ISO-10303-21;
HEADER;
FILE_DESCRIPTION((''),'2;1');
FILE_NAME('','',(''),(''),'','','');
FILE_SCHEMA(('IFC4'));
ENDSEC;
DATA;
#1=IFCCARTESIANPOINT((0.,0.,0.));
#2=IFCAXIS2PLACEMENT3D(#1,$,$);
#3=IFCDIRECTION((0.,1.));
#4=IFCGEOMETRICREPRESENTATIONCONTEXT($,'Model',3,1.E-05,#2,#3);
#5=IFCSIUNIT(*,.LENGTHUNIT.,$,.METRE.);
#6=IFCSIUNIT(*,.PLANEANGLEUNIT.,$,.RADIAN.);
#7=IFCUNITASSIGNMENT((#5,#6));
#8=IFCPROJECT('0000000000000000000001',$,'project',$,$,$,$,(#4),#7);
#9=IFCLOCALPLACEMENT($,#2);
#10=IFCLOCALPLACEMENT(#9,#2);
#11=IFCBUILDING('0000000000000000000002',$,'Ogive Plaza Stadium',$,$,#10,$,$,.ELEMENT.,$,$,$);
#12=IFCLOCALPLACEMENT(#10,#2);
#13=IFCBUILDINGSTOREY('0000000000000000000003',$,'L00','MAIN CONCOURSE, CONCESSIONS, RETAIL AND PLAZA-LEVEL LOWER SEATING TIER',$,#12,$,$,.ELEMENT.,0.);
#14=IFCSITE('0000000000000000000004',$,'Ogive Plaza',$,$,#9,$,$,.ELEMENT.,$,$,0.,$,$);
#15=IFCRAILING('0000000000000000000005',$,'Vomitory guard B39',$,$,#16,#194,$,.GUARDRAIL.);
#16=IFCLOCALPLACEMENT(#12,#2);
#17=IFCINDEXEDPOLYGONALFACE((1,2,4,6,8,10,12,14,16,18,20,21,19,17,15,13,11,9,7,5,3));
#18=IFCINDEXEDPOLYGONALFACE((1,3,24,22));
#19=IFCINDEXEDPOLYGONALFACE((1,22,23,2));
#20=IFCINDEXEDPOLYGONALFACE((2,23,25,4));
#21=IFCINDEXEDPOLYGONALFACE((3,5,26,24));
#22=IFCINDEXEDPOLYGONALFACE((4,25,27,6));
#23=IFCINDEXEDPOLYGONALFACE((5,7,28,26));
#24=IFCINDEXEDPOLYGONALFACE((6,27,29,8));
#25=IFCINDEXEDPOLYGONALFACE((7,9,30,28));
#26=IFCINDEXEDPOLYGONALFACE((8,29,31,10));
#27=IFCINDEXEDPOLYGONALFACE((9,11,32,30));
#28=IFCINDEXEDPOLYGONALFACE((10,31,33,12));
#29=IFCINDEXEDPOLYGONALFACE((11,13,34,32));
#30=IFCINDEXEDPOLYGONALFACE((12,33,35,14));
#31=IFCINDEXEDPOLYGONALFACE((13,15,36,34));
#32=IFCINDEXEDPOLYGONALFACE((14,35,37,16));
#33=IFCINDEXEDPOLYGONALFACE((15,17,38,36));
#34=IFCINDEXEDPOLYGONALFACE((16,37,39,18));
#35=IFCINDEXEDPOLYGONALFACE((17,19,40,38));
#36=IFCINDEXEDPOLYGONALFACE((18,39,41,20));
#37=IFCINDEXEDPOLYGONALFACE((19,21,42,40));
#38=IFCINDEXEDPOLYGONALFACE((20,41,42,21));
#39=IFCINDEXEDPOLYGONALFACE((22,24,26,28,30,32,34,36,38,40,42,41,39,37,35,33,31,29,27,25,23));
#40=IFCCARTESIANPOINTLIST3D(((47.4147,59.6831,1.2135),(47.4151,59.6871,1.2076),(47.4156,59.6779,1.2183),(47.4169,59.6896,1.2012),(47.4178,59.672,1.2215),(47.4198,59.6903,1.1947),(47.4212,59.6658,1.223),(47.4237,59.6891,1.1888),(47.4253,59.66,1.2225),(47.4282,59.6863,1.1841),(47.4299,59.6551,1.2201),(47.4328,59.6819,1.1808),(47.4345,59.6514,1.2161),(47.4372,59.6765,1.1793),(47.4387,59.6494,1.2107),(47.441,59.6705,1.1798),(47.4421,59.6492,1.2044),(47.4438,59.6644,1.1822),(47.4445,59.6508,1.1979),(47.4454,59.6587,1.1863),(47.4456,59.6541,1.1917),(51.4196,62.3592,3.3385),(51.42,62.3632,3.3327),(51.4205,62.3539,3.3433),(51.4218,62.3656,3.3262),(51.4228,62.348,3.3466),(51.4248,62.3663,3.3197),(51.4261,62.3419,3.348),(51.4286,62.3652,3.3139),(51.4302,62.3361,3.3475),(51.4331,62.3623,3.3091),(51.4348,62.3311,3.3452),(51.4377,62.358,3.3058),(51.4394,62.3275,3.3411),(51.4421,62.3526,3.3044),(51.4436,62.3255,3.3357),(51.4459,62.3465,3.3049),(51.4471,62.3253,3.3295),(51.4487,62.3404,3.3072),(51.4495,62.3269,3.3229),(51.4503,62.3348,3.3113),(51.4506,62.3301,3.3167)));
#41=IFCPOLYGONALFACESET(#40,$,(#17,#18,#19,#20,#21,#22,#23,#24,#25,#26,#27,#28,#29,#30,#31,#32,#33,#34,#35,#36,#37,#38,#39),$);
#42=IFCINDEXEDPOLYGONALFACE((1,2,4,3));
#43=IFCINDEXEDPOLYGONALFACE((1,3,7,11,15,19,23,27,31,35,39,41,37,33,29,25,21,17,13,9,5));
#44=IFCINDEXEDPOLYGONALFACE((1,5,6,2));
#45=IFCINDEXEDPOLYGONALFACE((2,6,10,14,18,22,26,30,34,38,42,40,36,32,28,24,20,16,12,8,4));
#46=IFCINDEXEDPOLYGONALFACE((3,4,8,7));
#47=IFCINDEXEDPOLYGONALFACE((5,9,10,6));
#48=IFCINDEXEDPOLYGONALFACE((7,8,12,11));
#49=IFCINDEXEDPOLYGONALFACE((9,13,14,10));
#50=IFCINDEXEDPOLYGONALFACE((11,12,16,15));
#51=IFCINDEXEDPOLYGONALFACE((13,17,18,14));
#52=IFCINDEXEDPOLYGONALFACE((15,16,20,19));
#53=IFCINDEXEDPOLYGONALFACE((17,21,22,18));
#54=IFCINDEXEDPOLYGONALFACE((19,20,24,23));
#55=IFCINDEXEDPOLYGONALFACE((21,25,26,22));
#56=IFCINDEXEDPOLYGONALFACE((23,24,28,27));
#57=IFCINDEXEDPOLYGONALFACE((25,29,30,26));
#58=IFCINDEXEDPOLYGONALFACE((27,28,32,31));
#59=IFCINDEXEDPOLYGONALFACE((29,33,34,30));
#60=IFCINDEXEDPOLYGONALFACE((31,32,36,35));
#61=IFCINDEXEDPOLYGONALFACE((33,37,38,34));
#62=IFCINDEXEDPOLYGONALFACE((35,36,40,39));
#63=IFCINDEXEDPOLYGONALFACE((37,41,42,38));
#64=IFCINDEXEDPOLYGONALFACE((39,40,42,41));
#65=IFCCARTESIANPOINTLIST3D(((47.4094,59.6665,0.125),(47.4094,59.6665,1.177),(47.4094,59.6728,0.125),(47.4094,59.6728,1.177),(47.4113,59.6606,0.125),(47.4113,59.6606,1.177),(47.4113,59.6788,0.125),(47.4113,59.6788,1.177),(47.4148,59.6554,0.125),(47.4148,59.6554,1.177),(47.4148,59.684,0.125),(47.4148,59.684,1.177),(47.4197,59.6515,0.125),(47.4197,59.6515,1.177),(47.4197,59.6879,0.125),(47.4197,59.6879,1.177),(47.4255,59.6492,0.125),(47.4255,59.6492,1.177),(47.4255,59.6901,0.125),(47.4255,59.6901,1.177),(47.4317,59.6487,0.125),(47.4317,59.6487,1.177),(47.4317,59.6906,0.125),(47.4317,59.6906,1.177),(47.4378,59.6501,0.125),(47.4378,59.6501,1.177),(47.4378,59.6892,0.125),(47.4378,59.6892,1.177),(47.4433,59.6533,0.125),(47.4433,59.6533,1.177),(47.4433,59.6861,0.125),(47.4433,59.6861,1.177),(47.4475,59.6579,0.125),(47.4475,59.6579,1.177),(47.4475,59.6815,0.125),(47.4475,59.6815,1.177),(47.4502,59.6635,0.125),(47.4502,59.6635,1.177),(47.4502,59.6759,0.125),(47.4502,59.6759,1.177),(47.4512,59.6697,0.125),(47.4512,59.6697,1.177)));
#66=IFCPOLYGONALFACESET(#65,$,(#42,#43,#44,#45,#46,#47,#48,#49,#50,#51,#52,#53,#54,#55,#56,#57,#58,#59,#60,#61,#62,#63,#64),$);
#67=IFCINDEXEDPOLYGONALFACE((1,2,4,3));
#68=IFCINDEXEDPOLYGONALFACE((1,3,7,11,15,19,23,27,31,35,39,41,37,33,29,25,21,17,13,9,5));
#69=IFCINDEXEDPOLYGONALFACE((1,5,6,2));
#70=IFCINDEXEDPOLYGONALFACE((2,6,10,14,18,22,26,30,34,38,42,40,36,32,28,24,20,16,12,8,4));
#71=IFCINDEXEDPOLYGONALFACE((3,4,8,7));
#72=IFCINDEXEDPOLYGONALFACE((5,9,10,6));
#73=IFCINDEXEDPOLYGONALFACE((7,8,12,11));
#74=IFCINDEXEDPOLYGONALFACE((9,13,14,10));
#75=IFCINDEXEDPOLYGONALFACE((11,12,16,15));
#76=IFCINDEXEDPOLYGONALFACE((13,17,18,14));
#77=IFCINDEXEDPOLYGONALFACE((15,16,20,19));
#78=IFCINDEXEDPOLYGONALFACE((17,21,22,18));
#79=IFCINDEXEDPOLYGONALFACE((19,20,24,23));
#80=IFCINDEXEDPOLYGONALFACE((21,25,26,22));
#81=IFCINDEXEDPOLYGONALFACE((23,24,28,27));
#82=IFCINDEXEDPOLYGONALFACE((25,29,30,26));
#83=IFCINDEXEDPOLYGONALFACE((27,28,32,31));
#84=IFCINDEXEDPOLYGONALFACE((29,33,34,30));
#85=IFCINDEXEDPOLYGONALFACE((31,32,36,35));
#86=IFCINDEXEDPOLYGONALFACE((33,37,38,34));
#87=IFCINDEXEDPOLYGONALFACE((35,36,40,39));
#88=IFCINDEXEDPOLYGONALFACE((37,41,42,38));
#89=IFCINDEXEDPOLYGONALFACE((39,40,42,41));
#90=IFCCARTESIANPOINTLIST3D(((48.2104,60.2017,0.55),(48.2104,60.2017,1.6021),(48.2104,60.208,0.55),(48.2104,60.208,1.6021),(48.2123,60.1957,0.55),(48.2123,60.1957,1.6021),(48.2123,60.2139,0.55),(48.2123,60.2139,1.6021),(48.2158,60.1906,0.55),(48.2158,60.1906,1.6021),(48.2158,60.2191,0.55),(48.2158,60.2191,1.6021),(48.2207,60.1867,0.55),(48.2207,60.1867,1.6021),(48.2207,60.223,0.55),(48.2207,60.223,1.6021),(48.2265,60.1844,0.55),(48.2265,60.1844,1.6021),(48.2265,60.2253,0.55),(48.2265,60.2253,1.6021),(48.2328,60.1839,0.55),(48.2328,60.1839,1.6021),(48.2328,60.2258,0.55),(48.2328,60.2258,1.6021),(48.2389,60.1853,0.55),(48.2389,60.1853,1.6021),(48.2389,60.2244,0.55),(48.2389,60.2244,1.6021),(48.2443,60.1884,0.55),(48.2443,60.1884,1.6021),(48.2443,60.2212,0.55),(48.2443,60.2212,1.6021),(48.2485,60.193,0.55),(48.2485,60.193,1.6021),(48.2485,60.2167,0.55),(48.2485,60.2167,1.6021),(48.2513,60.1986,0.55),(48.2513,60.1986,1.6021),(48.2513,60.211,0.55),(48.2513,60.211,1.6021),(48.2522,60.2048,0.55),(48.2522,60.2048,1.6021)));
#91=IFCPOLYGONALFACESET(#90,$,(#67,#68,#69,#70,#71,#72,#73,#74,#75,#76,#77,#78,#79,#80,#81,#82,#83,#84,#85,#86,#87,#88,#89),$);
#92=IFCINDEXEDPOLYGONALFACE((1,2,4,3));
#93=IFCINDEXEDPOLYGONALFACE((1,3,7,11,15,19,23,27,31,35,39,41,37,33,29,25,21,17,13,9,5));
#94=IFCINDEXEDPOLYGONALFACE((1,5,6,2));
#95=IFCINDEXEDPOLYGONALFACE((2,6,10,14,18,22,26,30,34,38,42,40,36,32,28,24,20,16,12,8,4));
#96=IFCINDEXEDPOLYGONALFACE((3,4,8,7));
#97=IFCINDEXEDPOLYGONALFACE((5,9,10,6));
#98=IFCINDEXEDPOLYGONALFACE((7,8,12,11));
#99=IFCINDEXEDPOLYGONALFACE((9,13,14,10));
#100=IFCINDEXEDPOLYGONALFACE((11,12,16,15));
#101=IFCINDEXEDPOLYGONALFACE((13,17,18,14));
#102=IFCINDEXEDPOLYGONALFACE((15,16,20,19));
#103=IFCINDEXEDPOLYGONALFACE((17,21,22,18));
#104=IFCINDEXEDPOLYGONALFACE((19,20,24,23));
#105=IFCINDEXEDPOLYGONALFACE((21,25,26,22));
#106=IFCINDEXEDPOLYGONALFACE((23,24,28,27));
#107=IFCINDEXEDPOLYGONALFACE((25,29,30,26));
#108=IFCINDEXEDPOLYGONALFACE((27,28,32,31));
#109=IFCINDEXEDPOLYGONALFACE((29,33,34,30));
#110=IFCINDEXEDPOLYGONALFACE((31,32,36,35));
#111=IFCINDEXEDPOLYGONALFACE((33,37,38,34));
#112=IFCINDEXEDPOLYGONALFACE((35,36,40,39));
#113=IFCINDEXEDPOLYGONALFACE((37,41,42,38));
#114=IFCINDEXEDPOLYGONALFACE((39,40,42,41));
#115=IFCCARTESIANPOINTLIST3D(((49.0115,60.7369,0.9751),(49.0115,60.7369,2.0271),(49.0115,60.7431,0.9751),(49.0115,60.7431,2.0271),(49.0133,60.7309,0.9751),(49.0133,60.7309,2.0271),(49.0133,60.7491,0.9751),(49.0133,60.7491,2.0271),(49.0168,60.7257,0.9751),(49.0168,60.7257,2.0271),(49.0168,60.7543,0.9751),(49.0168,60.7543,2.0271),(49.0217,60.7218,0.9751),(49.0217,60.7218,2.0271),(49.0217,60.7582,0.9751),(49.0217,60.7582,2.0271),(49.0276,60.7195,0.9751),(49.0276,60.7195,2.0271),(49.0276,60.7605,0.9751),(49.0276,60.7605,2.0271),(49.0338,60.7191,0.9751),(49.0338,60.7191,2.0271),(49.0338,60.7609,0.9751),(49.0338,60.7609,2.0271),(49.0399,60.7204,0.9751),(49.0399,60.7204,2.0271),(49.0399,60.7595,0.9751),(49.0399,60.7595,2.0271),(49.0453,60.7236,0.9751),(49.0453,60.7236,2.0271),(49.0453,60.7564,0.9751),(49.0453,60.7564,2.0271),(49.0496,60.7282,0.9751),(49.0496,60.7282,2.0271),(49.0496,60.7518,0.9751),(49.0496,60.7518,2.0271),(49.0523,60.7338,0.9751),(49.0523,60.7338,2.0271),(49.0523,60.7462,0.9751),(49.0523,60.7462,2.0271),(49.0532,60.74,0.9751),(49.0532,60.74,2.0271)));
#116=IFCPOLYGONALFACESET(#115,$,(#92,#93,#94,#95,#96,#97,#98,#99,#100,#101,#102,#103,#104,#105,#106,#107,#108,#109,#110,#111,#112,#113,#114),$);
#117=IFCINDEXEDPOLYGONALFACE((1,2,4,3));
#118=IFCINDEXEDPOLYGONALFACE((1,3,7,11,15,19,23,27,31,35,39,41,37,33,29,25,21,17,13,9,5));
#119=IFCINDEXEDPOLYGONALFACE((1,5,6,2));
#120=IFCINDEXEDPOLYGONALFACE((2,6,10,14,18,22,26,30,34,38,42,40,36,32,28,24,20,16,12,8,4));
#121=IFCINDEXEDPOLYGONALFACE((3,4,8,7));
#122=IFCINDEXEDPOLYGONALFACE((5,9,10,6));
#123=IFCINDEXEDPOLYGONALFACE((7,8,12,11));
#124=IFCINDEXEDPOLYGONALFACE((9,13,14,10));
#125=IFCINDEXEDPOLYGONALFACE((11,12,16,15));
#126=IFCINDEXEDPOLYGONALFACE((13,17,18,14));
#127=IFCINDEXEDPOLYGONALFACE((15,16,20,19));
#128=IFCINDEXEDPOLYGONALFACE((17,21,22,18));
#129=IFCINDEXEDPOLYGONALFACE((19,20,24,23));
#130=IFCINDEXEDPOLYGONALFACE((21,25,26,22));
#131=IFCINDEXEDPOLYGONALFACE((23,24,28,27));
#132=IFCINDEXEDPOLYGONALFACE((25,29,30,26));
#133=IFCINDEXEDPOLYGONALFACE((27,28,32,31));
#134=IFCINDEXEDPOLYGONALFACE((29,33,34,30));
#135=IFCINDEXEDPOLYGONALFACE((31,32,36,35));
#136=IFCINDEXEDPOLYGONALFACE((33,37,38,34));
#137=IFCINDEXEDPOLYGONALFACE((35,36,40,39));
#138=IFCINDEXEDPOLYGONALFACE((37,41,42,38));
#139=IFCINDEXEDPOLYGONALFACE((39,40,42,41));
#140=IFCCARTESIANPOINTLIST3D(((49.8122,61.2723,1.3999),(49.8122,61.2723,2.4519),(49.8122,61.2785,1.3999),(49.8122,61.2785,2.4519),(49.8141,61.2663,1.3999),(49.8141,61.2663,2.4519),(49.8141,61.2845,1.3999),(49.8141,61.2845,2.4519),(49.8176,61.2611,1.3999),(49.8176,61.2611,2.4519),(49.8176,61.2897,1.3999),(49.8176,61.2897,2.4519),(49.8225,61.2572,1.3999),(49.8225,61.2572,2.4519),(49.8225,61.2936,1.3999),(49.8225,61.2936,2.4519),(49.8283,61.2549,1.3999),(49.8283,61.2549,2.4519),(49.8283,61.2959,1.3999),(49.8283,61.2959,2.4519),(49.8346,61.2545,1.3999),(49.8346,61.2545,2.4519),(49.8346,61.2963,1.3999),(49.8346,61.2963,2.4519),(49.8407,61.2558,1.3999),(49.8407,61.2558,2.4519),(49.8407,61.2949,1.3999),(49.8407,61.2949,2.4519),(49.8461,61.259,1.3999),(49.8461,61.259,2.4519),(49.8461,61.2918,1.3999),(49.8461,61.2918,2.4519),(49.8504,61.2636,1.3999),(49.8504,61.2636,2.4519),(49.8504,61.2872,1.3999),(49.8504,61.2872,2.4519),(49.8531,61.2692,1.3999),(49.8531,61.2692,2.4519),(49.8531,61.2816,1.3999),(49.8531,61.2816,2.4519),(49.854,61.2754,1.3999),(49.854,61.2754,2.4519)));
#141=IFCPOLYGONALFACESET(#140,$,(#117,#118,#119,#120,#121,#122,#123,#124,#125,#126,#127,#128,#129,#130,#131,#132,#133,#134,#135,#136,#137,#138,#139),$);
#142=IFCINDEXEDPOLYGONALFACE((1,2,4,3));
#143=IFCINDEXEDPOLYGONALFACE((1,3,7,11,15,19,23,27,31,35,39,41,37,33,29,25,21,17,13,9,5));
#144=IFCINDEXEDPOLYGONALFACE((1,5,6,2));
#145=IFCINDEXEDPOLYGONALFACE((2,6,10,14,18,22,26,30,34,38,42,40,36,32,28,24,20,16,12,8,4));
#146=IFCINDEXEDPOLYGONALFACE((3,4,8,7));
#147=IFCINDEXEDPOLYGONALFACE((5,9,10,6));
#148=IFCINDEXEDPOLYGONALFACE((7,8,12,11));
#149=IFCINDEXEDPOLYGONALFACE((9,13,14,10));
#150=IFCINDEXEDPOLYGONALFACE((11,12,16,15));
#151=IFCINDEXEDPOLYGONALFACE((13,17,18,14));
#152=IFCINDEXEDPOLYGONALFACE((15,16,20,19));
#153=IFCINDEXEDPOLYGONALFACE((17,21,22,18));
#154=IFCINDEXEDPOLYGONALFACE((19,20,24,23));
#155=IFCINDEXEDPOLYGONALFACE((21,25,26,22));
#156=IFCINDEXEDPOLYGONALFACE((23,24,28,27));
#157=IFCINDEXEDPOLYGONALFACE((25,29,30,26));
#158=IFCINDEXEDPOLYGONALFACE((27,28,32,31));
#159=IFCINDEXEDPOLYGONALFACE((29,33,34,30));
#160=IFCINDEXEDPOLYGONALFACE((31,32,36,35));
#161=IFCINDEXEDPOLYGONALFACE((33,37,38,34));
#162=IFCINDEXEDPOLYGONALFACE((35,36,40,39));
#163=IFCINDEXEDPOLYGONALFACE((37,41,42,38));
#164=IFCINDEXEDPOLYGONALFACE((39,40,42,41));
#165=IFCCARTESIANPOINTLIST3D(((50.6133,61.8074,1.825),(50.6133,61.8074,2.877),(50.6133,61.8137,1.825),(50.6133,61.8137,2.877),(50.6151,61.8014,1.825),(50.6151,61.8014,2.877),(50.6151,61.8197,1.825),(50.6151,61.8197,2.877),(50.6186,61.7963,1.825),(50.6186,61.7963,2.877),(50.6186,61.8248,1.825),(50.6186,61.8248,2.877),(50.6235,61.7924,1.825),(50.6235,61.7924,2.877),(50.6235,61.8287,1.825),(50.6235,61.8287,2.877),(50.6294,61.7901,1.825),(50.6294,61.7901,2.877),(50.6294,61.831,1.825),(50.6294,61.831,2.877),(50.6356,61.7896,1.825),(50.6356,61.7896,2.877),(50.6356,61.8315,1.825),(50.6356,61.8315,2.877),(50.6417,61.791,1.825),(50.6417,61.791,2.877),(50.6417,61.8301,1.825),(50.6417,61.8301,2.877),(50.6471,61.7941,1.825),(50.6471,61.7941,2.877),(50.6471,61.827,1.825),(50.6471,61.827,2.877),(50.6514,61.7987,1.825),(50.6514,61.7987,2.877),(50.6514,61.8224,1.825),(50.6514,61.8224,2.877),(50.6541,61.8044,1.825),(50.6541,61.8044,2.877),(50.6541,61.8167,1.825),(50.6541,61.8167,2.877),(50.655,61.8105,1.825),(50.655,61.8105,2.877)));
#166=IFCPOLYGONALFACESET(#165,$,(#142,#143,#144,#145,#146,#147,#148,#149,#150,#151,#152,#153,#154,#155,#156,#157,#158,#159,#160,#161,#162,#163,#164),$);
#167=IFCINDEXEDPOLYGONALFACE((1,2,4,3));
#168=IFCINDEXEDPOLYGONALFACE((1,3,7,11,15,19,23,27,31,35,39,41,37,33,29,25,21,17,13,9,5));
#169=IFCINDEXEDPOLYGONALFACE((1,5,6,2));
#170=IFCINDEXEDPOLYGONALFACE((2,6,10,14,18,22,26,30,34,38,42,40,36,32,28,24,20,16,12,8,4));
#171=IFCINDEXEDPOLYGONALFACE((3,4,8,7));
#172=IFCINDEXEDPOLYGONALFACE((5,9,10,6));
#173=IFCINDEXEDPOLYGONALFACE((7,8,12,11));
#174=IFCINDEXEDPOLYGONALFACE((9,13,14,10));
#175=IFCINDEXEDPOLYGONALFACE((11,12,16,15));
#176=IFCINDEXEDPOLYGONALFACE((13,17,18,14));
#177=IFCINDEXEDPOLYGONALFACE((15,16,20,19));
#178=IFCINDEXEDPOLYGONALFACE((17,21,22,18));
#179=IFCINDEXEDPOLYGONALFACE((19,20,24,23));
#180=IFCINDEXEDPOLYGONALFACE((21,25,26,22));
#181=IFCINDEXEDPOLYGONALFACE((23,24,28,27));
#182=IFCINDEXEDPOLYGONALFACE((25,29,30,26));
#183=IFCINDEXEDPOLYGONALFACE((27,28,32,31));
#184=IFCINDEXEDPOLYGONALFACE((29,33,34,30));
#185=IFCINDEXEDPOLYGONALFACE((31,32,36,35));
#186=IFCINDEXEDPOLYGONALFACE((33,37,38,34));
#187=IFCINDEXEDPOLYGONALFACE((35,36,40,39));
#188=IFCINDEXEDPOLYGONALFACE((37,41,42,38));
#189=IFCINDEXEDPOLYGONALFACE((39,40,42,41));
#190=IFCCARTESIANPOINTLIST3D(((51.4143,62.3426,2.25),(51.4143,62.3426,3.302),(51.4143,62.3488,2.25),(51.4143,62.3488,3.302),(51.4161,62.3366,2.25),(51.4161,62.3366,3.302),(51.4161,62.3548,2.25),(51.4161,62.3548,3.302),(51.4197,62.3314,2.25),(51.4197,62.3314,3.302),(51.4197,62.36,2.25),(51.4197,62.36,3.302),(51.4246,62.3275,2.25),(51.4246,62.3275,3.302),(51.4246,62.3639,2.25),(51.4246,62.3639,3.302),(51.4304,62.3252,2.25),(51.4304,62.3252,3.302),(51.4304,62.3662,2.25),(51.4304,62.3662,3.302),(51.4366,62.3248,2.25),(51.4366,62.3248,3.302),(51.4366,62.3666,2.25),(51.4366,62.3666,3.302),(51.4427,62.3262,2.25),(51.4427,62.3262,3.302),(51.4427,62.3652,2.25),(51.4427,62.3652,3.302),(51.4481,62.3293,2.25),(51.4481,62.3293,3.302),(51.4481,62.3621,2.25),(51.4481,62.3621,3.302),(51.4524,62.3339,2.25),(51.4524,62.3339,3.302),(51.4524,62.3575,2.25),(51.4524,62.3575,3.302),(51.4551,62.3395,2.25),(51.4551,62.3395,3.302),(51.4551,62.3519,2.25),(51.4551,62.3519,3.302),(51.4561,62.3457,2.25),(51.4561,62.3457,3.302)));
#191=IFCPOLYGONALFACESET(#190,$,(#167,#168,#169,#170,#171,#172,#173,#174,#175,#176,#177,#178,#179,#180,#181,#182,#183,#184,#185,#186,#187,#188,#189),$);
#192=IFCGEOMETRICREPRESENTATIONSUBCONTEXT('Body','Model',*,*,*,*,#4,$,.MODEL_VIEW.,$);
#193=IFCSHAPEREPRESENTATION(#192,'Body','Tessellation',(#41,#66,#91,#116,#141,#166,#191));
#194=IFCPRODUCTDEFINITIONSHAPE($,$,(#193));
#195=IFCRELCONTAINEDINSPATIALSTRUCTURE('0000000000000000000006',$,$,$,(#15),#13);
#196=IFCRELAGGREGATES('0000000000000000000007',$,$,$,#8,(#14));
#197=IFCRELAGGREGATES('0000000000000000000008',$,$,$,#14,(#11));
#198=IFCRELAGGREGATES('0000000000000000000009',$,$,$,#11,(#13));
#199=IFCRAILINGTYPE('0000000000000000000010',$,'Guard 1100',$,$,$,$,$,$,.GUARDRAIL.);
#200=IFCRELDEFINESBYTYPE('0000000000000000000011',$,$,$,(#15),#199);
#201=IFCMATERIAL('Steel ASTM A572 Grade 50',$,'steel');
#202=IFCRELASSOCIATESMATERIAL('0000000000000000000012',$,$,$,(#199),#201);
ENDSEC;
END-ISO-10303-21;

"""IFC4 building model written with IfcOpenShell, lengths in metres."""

from ifc_helpers import new_model, si_unit, direction, frame, origin, origin_2d, place, context, subcontext, project, spatial, circle, extrude, material, type_object, element, save


model = new_model("IFC4")

# Units and contexts
model_context = context("Model", 3, precision=1e-05, world=origin(), true_north=direction((0.0, 1.0)))
body_context = subcontext(model_context, "Body", "Model", "MODEL_VIEW")
ifc_project = project(units=[si_unit("LENGTHUNIT", "METRE"), si_unit("PLANEANGLEUNIT", "RADIAN")], contexts=[model_context])

# Site, building, storey
site_placement = place(None, origin())
site = spatial("IfcSite", under=ifc_project, at=site_placement, Name="Ogive Plaza", CompositionType="ELEMENT", RefElevation=0.0)
building_placement = place(site_placement, origin())
building = spatial("IfcBuilding", under=site, at=building_placement, Name="Ogive Plaza Stadium", CompositionType="ELEMENT")
storey_placement = place(building_placement, origin())
storey = spatial("IfcBuildingStorey", under=building, at=storey_placement, Name="L00", Description="MAIN CONCOURSE, CONCESSIONS, RETAIL AND PLAZA-LEVEL LOWER SEATING TIER", CompositionType="ELEMENT", Elevation=0.0)

# Railing
ifc_material_1 = material(Name="Steel ASTM A572 Grade 50", Category="steel")
railing_type = type_object("IfcRailingType", Name="Guard 1100", PredefinedType="GUARDRAIL", material=ifc_material_1)
for number, where, name in (
    (1, (47.4302, 59.6697, 0.125), "Vomitory guard B39"),
):
    element("IfcRailing", number, at=place(storey_placement, frame(where)), inside=storey, type_object=railing_type, Name=name, PredefinedType="GUARDRAIL", context=body_context, shape_type="SweptSolid", body=[
        extrude(circle(Radius=0.0239, at=origin_2d()), frame((0.0, 0.0, 1.0762), z_axis=(0.760722, 0.508307, 0.403641), x_axis=(-0.555577, 0.831465, 0.0)), (0.0, 0.0, 1.0), 5.2646),
        extrude(circle(Radius=0.021, at=origin_2d()), origin(), (0.0, 0.0, 1.0), 1.052),
        extrude(circle(Radius=0.021, at=origin_2d()), frame((0.801, 0.5352, 0.425)), (0.0, 0.0, 1.0), 1.052),
        extrude(circle(Radius=0.021, at=origin_2d()), frame((1.6021, 1.0703, 0.8501)), (0.0, 0.0, 1.0), 1.052),
        extrude(circle(Radius=0.021, at=origin_2d()), frame((2.4028, 1.6057, 1.2749)), (0.0, 0.0, 1.0), 1.052),
        extrude(circle(Radius=0.021, at=origin_2d()), frame((3.2039, 2.1409, 1.7)), (0.0, 0.0, 1.0), 1.052),
        extrude(circle(Radius=0.021, at=origin_2d()), frame((4.0049, 2.676, 2.125)), (0.0, 0.0, 1.0), 1.052),
    ])

save(model, "model.ifc")
